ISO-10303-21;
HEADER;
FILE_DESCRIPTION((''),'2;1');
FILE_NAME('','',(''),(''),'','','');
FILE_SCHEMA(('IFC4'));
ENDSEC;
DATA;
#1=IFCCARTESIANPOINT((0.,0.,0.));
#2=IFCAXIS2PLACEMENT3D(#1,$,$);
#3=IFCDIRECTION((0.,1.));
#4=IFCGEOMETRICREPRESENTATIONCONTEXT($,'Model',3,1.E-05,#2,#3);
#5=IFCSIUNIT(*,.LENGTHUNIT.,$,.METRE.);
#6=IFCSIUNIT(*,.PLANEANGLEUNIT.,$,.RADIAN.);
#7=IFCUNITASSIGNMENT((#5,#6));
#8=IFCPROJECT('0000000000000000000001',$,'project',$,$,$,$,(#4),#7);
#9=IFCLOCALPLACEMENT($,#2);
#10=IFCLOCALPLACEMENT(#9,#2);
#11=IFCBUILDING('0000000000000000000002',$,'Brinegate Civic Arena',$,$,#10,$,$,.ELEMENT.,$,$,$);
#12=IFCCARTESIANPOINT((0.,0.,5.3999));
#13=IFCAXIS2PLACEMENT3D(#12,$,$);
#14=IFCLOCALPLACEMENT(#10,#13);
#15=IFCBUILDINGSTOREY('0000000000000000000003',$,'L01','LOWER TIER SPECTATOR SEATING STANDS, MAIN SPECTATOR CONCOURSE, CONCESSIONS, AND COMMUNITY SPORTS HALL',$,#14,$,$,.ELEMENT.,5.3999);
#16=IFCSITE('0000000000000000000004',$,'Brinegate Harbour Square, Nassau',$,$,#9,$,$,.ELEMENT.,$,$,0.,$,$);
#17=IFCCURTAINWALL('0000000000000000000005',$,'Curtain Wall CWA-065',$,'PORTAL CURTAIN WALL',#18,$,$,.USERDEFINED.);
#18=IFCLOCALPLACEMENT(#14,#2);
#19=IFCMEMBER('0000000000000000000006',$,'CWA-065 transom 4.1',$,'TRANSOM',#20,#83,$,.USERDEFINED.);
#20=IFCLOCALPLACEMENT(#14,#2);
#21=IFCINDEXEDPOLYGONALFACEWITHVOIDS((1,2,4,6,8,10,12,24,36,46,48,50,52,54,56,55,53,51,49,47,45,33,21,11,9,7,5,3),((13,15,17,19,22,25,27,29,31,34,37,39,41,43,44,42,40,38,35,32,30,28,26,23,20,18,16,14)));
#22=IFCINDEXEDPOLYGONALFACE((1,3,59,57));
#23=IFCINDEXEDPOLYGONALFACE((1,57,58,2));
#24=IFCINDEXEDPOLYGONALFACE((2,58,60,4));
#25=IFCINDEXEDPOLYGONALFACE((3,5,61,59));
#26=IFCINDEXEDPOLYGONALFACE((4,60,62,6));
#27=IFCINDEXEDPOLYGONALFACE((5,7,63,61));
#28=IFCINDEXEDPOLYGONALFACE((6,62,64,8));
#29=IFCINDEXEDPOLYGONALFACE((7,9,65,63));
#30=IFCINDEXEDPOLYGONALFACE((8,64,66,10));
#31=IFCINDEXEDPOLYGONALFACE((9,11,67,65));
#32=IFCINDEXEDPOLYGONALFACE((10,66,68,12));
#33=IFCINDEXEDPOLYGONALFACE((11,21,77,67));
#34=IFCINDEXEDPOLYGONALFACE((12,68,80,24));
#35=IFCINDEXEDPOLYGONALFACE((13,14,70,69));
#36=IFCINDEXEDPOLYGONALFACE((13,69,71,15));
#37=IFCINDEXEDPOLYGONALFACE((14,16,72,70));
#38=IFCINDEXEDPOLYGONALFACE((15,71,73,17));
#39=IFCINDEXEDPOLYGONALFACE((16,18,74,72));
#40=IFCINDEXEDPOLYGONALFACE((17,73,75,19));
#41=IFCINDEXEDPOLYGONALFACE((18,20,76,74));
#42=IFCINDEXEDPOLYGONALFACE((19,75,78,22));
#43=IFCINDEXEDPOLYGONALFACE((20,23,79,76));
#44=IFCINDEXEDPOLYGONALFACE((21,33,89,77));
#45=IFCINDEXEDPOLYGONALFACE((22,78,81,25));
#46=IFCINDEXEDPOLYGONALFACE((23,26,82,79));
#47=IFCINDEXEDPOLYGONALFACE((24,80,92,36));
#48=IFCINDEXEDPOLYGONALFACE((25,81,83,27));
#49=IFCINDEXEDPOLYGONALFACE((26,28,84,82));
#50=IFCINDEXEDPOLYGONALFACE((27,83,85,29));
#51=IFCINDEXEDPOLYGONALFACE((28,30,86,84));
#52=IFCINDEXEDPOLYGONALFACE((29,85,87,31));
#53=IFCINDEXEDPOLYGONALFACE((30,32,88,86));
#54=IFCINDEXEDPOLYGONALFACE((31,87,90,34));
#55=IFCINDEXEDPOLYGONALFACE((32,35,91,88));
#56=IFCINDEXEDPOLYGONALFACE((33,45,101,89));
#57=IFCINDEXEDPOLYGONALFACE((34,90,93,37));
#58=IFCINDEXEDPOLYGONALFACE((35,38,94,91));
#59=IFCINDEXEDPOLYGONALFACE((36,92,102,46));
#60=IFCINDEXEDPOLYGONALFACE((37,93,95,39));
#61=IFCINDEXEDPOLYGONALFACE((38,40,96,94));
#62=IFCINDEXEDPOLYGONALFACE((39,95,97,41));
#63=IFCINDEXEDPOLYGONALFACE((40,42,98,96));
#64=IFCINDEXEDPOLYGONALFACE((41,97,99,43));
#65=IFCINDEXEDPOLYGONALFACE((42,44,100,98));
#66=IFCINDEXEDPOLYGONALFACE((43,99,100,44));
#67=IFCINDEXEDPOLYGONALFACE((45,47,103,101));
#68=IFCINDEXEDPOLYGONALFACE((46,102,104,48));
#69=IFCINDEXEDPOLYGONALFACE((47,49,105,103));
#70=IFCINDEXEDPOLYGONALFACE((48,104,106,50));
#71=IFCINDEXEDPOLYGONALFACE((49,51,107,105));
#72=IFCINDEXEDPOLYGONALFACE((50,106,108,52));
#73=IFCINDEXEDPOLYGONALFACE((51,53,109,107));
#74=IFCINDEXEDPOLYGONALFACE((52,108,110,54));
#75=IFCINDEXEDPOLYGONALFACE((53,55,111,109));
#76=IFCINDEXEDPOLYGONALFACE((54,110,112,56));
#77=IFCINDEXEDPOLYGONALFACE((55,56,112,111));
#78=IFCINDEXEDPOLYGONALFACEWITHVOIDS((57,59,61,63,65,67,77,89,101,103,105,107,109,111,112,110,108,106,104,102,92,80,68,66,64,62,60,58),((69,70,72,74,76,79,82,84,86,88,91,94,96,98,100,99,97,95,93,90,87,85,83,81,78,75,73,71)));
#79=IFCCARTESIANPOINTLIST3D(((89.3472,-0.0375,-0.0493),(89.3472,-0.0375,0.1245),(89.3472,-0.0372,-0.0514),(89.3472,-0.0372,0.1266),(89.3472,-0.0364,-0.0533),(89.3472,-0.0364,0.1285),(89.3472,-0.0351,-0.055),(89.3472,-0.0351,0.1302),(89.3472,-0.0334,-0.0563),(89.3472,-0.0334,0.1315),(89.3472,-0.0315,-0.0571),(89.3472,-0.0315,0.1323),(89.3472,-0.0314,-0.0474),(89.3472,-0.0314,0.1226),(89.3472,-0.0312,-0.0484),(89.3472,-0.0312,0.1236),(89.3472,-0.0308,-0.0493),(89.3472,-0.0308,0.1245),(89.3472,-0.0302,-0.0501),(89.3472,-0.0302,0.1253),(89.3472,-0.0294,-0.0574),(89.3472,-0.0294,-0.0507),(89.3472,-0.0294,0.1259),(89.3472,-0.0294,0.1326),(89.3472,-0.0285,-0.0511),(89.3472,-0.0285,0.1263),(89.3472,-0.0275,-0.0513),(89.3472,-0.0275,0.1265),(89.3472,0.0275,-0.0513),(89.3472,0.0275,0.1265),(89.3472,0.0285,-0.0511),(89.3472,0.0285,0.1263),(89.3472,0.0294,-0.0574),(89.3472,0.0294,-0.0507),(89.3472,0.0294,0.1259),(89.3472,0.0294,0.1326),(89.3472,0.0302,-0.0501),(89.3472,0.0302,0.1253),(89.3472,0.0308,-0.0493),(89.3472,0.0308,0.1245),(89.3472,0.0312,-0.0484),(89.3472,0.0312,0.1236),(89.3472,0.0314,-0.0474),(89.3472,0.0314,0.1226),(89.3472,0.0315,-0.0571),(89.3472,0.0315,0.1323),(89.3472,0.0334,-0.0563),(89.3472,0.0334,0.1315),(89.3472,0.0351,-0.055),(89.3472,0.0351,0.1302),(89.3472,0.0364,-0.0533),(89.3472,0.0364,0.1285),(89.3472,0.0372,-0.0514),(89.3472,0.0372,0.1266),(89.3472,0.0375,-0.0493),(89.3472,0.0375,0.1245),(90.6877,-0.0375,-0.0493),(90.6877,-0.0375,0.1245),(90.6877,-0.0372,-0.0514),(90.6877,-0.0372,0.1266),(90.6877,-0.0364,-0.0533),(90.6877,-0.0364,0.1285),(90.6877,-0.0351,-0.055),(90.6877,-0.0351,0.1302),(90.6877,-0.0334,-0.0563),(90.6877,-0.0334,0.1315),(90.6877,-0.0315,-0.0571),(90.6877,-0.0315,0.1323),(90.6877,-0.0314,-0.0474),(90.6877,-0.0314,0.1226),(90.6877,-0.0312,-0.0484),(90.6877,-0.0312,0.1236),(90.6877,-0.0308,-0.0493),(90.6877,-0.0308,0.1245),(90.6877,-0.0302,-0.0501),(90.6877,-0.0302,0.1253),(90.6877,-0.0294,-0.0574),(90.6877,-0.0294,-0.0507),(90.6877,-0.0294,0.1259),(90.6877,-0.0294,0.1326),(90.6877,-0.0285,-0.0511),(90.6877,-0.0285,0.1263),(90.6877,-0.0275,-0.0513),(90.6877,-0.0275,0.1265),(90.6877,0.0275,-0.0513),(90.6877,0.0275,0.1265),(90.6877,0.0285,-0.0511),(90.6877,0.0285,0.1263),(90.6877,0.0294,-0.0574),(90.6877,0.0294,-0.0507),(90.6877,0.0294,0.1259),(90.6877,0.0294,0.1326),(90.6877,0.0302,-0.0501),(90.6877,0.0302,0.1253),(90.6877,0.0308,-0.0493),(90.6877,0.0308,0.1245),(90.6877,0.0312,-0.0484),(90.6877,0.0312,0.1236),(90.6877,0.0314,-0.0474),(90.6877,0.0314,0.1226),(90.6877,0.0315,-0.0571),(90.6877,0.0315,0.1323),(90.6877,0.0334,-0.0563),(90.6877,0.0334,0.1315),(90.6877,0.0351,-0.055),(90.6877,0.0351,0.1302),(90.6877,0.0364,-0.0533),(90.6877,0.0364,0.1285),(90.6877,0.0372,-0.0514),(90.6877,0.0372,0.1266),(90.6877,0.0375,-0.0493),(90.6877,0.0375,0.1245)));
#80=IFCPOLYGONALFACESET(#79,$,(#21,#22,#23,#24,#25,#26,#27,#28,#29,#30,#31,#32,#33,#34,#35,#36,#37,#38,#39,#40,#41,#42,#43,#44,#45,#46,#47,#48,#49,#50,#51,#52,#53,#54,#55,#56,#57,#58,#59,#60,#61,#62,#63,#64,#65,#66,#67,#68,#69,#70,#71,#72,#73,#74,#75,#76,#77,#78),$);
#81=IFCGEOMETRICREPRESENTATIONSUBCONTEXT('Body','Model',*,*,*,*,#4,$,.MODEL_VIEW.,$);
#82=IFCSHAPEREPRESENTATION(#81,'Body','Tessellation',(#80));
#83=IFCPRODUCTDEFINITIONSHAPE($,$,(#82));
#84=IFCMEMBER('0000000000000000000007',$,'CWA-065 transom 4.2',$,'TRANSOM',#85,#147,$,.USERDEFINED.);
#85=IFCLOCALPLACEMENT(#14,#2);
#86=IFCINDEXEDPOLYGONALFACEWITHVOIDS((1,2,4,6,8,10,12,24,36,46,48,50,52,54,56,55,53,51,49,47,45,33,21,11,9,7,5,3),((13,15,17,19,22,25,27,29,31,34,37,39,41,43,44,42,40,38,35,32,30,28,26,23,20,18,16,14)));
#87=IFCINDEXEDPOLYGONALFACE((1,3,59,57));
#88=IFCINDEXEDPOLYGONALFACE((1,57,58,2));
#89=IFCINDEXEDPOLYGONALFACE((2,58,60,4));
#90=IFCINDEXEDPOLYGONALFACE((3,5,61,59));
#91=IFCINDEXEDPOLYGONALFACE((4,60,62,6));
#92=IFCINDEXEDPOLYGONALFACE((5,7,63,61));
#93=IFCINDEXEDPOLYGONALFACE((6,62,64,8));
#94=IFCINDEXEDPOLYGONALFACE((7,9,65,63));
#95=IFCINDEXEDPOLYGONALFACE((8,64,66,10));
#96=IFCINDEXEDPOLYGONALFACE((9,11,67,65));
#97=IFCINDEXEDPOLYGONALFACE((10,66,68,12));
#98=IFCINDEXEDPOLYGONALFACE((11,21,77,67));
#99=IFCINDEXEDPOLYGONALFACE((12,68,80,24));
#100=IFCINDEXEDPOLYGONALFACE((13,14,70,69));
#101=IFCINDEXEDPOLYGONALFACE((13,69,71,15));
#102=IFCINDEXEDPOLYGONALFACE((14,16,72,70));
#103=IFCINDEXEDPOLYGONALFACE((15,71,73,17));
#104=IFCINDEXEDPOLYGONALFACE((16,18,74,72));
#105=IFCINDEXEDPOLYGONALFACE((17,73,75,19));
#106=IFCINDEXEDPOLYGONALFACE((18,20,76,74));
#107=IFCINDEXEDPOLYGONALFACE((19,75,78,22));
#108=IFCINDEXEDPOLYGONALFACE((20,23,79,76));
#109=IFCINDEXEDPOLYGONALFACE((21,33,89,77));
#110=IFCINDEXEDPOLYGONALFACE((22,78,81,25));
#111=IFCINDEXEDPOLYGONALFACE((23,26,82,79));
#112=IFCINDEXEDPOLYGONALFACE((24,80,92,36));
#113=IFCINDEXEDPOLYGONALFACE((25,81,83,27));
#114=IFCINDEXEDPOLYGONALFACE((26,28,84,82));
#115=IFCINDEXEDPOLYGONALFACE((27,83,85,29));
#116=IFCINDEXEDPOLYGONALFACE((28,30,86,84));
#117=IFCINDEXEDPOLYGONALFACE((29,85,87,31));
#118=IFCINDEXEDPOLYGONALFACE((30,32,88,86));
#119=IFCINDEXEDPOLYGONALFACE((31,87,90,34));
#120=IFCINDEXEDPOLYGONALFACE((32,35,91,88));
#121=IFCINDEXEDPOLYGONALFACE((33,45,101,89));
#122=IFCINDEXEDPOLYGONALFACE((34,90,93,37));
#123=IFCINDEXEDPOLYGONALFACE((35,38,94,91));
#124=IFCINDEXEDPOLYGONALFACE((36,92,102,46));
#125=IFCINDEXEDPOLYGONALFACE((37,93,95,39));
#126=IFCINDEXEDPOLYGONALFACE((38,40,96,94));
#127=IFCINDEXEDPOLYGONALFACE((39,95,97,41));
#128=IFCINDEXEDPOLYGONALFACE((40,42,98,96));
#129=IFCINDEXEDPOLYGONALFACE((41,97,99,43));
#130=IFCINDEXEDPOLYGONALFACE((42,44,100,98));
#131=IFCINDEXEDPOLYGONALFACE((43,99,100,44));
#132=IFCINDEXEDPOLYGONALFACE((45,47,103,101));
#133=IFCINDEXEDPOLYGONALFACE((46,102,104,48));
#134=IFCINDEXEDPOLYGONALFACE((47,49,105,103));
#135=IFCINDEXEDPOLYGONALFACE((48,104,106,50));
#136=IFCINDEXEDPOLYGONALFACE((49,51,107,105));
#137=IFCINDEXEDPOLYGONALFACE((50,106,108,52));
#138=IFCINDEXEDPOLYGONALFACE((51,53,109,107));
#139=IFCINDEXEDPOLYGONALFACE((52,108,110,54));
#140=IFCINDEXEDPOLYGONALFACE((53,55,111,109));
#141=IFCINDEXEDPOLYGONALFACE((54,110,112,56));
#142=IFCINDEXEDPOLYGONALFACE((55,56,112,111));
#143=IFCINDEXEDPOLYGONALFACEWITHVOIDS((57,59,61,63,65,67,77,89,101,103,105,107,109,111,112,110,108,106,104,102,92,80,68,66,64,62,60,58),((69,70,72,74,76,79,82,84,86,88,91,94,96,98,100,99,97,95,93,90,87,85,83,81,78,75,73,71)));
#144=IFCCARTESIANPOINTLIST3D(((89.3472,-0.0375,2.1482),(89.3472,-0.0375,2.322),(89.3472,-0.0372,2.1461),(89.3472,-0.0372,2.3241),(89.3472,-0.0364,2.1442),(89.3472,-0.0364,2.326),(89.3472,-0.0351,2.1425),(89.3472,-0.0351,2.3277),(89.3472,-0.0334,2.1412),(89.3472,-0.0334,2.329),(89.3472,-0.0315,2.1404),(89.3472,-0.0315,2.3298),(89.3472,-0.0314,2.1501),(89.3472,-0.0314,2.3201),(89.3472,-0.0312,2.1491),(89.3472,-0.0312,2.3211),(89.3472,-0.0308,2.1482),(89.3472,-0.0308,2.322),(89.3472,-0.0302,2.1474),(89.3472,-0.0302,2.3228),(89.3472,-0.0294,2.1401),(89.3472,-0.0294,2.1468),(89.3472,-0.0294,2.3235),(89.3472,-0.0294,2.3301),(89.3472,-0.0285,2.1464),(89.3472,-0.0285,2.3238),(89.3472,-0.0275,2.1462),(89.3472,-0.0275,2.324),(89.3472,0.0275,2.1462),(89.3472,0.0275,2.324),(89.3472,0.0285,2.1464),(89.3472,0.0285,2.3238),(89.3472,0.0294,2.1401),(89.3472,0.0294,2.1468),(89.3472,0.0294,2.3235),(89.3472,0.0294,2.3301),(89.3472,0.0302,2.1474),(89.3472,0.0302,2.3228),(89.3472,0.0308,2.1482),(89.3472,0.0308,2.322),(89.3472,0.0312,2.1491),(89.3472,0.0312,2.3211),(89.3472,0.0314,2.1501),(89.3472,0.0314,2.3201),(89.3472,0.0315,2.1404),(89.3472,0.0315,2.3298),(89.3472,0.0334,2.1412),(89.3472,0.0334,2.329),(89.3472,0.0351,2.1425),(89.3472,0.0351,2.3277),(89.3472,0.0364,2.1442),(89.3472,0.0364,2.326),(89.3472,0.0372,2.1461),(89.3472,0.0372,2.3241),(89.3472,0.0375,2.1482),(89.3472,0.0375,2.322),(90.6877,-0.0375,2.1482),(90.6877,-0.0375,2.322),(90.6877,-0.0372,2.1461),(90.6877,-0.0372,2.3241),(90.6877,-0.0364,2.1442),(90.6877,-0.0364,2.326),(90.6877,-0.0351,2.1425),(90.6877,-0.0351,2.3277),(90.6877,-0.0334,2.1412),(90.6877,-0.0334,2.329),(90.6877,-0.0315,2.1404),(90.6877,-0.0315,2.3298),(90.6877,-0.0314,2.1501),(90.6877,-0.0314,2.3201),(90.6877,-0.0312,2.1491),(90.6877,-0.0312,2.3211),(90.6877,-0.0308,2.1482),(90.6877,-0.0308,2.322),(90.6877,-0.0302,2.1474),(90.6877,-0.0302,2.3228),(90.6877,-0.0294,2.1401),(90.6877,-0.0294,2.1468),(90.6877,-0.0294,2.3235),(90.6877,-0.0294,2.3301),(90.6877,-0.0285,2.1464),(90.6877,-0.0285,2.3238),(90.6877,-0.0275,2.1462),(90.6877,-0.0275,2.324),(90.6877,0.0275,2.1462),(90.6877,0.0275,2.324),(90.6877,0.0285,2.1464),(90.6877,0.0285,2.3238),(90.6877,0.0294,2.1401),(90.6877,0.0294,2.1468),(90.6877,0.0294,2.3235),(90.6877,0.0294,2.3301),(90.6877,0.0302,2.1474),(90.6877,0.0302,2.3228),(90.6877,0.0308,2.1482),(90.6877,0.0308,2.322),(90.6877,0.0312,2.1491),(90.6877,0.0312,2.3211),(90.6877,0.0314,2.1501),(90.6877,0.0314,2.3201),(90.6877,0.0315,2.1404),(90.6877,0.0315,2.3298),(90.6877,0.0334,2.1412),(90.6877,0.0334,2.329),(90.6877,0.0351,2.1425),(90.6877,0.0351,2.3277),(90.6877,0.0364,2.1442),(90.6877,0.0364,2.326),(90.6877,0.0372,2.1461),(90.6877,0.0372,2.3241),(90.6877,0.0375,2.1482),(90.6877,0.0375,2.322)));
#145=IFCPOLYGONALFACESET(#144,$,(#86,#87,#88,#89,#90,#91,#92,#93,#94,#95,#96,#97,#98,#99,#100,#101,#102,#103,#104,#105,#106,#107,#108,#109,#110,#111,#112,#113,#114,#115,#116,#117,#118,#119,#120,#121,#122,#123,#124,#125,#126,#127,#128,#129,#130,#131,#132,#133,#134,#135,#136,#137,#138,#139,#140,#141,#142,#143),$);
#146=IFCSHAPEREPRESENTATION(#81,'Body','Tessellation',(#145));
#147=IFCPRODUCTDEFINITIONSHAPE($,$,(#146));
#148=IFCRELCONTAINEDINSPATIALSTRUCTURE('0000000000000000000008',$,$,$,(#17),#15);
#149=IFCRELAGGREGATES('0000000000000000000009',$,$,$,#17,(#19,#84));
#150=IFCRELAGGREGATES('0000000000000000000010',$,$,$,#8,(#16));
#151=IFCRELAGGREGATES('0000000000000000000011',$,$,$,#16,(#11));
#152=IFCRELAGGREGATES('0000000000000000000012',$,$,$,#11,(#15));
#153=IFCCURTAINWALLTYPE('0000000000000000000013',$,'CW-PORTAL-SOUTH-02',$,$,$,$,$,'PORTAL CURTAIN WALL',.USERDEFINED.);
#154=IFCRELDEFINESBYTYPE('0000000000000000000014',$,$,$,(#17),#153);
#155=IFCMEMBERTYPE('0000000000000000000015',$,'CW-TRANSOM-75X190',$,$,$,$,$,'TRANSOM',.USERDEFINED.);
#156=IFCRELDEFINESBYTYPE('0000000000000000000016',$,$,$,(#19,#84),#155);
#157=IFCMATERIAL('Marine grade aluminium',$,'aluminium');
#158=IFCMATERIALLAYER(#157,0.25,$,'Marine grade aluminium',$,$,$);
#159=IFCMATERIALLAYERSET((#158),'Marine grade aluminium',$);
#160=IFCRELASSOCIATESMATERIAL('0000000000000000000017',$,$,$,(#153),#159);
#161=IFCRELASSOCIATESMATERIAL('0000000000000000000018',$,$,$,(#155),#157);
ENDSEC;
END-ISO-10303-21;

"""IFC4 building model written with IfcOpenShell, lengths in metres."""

from ifc_helpers import new_model, si_unit, direction, frame, origin, origin_2d, place, context, subcontext, project, spatial, hollow_rectangle, extrude, material, layer, layer_set, material_profile, profile_set, type_object, element, aggregate, save


model = new_model("IFC4")

# Units and contexts
model_context = context("Model", 3, precision=1e-05, world=origin(), true_north=direction((0.0, 1.0)))
body_context = subcontext(model_context, "Body", "Model", "MODEL_VIEW")
ifc_project = project(units=[si_unit("LENGTHUNIT", "METRE"), si_unit("PLANEANGLEUNIT", "RADIAN")], contexts=[model_context])

# Site, building, storey
site_placement = place(None, origin())
site = spatial("IfcSite", under=ifc_project, at=site_placement, Name="Brinegate Harbour Square, Nassau", CompositionType="ELEMENT", RefElevation=0.0)
building_placement = place(site_placement, origin())
building = spatial("IfcBuilding", under=site, at=building_placement, Name="Brinegate Civic Arena", CompositionType="ELEMENT")
storey_placement = place(building_placement, frame((0.0, 0.0, 5.3999)))
storey = spatial("IfcBuildingStorey", under=building, at=storey_placement, Name="L01", Description="LOWER TIER SPECTATOR SEATING STANDS, MAIN SPECTATOR CONCOURSE, CONCESSIONS, AND COMMUNITY SPORTS HALL", CompositionType="ELEMENT", Elevation=5.3999)

# Curtain wall, members
ifc_material_1 = material(Name="Marine grade aluminium", Category="aluminium")
ifc_layer_1 = layer(ifc_material_1, 0.25, Name="Marine grade aluminium")
ifc_layer_set_1 = layer_set([ifc_layer_1], Name="Marine grade aluminium")
curtain_wall_type = type_object("IfcCurtainWallType", Name="CW-PORTAL-SOUTH-02", ElementType="PORTAL CURTAIN WALL", PredefinedType="USERDEFINED", material=ifc_layer_set_1)
curtain_wall_placement = place(storey_placement, origin())
curtain_wall = element("IfcCurtainWall", 1, at=curtain_wall_placement, inside=storey, type_object=curtain_wall_type, Name="Curtain Wall CWA-065", ObjectType="PORTAL CURTAIN WALL", PredefinedType="USERDEFINED")
ifc_material_profile_1 = material_profile(ifc_material_1, hollow_rectangle(XDim=0.075, YDim=0.1899, WallThickness=0.0061, InnerFilletRadius=0.0039, OuterFilletRadius=0.0081, at=origin_2d()), Name="TRN75X190")
ifc_profile_set_1 = profile_set([ifc_material_profile_1], Name="Marine grade aluminium")
member_type_1 = type_object("IfcMemberType", Name="CW-TRANSOM-75X190", ElementType="TRANSOM", PredefinedType="USERDEFINED", material=ifc_profile_set_1)
member_1_placement = place(storey_placement, frame((89.3472, 0.0, 0.0376), z_axis=(1.0, 0.0, 0.0), x_axis=(0.0, 1.0, 0.0)))
member_1 = element("IfcMember", 2, at=member_1_placement, type_object=member_type_1, Name="CWA-065 transom 4.1", ObjectType="TRANSOM", PredefinedType="USERDEFINED", context=body_context, shape_type="SweptSolid", body=[
    extrude(hollow_rectangle(XDim=0.075, YDim=0.1899, WallThickness=0.0061, InnerFilletRadius=0.0039, OuterFilletRadius=0.0081, at=origin_2d()), origin(), (0.0, 0.0, 1.0), 1.3406),
])
member_2_placement = place(storey_placement, frame((89.3472, 0.0, 2.2351), z_axis=(1.0, 0.0, 0.0), x_axis=(0.0, 1.0, 0.0)))
member_2 = element("IfcMember", 3, at=member_2_placement, type_object=member_type_1, Name="CWA-065 transom 4.2", ObjectType="TRANSOM", PredefinedType="USERDEFINED", context=body_context, shape_type="SweptSolid", body=[
    extrude(hollow_rectangle(XDim=0.075, YDim=0.1899, WallThickness=0.0061, InnerFilletRadius=0.0039, OuterFilletRadius=0.0081, at=origin_2d()), origin(), (0.0, 0.0, 1.0), 1.3406),
])
aggregate(curtain_wall, [member_1, member_2])

save(model, "model.ifc")
